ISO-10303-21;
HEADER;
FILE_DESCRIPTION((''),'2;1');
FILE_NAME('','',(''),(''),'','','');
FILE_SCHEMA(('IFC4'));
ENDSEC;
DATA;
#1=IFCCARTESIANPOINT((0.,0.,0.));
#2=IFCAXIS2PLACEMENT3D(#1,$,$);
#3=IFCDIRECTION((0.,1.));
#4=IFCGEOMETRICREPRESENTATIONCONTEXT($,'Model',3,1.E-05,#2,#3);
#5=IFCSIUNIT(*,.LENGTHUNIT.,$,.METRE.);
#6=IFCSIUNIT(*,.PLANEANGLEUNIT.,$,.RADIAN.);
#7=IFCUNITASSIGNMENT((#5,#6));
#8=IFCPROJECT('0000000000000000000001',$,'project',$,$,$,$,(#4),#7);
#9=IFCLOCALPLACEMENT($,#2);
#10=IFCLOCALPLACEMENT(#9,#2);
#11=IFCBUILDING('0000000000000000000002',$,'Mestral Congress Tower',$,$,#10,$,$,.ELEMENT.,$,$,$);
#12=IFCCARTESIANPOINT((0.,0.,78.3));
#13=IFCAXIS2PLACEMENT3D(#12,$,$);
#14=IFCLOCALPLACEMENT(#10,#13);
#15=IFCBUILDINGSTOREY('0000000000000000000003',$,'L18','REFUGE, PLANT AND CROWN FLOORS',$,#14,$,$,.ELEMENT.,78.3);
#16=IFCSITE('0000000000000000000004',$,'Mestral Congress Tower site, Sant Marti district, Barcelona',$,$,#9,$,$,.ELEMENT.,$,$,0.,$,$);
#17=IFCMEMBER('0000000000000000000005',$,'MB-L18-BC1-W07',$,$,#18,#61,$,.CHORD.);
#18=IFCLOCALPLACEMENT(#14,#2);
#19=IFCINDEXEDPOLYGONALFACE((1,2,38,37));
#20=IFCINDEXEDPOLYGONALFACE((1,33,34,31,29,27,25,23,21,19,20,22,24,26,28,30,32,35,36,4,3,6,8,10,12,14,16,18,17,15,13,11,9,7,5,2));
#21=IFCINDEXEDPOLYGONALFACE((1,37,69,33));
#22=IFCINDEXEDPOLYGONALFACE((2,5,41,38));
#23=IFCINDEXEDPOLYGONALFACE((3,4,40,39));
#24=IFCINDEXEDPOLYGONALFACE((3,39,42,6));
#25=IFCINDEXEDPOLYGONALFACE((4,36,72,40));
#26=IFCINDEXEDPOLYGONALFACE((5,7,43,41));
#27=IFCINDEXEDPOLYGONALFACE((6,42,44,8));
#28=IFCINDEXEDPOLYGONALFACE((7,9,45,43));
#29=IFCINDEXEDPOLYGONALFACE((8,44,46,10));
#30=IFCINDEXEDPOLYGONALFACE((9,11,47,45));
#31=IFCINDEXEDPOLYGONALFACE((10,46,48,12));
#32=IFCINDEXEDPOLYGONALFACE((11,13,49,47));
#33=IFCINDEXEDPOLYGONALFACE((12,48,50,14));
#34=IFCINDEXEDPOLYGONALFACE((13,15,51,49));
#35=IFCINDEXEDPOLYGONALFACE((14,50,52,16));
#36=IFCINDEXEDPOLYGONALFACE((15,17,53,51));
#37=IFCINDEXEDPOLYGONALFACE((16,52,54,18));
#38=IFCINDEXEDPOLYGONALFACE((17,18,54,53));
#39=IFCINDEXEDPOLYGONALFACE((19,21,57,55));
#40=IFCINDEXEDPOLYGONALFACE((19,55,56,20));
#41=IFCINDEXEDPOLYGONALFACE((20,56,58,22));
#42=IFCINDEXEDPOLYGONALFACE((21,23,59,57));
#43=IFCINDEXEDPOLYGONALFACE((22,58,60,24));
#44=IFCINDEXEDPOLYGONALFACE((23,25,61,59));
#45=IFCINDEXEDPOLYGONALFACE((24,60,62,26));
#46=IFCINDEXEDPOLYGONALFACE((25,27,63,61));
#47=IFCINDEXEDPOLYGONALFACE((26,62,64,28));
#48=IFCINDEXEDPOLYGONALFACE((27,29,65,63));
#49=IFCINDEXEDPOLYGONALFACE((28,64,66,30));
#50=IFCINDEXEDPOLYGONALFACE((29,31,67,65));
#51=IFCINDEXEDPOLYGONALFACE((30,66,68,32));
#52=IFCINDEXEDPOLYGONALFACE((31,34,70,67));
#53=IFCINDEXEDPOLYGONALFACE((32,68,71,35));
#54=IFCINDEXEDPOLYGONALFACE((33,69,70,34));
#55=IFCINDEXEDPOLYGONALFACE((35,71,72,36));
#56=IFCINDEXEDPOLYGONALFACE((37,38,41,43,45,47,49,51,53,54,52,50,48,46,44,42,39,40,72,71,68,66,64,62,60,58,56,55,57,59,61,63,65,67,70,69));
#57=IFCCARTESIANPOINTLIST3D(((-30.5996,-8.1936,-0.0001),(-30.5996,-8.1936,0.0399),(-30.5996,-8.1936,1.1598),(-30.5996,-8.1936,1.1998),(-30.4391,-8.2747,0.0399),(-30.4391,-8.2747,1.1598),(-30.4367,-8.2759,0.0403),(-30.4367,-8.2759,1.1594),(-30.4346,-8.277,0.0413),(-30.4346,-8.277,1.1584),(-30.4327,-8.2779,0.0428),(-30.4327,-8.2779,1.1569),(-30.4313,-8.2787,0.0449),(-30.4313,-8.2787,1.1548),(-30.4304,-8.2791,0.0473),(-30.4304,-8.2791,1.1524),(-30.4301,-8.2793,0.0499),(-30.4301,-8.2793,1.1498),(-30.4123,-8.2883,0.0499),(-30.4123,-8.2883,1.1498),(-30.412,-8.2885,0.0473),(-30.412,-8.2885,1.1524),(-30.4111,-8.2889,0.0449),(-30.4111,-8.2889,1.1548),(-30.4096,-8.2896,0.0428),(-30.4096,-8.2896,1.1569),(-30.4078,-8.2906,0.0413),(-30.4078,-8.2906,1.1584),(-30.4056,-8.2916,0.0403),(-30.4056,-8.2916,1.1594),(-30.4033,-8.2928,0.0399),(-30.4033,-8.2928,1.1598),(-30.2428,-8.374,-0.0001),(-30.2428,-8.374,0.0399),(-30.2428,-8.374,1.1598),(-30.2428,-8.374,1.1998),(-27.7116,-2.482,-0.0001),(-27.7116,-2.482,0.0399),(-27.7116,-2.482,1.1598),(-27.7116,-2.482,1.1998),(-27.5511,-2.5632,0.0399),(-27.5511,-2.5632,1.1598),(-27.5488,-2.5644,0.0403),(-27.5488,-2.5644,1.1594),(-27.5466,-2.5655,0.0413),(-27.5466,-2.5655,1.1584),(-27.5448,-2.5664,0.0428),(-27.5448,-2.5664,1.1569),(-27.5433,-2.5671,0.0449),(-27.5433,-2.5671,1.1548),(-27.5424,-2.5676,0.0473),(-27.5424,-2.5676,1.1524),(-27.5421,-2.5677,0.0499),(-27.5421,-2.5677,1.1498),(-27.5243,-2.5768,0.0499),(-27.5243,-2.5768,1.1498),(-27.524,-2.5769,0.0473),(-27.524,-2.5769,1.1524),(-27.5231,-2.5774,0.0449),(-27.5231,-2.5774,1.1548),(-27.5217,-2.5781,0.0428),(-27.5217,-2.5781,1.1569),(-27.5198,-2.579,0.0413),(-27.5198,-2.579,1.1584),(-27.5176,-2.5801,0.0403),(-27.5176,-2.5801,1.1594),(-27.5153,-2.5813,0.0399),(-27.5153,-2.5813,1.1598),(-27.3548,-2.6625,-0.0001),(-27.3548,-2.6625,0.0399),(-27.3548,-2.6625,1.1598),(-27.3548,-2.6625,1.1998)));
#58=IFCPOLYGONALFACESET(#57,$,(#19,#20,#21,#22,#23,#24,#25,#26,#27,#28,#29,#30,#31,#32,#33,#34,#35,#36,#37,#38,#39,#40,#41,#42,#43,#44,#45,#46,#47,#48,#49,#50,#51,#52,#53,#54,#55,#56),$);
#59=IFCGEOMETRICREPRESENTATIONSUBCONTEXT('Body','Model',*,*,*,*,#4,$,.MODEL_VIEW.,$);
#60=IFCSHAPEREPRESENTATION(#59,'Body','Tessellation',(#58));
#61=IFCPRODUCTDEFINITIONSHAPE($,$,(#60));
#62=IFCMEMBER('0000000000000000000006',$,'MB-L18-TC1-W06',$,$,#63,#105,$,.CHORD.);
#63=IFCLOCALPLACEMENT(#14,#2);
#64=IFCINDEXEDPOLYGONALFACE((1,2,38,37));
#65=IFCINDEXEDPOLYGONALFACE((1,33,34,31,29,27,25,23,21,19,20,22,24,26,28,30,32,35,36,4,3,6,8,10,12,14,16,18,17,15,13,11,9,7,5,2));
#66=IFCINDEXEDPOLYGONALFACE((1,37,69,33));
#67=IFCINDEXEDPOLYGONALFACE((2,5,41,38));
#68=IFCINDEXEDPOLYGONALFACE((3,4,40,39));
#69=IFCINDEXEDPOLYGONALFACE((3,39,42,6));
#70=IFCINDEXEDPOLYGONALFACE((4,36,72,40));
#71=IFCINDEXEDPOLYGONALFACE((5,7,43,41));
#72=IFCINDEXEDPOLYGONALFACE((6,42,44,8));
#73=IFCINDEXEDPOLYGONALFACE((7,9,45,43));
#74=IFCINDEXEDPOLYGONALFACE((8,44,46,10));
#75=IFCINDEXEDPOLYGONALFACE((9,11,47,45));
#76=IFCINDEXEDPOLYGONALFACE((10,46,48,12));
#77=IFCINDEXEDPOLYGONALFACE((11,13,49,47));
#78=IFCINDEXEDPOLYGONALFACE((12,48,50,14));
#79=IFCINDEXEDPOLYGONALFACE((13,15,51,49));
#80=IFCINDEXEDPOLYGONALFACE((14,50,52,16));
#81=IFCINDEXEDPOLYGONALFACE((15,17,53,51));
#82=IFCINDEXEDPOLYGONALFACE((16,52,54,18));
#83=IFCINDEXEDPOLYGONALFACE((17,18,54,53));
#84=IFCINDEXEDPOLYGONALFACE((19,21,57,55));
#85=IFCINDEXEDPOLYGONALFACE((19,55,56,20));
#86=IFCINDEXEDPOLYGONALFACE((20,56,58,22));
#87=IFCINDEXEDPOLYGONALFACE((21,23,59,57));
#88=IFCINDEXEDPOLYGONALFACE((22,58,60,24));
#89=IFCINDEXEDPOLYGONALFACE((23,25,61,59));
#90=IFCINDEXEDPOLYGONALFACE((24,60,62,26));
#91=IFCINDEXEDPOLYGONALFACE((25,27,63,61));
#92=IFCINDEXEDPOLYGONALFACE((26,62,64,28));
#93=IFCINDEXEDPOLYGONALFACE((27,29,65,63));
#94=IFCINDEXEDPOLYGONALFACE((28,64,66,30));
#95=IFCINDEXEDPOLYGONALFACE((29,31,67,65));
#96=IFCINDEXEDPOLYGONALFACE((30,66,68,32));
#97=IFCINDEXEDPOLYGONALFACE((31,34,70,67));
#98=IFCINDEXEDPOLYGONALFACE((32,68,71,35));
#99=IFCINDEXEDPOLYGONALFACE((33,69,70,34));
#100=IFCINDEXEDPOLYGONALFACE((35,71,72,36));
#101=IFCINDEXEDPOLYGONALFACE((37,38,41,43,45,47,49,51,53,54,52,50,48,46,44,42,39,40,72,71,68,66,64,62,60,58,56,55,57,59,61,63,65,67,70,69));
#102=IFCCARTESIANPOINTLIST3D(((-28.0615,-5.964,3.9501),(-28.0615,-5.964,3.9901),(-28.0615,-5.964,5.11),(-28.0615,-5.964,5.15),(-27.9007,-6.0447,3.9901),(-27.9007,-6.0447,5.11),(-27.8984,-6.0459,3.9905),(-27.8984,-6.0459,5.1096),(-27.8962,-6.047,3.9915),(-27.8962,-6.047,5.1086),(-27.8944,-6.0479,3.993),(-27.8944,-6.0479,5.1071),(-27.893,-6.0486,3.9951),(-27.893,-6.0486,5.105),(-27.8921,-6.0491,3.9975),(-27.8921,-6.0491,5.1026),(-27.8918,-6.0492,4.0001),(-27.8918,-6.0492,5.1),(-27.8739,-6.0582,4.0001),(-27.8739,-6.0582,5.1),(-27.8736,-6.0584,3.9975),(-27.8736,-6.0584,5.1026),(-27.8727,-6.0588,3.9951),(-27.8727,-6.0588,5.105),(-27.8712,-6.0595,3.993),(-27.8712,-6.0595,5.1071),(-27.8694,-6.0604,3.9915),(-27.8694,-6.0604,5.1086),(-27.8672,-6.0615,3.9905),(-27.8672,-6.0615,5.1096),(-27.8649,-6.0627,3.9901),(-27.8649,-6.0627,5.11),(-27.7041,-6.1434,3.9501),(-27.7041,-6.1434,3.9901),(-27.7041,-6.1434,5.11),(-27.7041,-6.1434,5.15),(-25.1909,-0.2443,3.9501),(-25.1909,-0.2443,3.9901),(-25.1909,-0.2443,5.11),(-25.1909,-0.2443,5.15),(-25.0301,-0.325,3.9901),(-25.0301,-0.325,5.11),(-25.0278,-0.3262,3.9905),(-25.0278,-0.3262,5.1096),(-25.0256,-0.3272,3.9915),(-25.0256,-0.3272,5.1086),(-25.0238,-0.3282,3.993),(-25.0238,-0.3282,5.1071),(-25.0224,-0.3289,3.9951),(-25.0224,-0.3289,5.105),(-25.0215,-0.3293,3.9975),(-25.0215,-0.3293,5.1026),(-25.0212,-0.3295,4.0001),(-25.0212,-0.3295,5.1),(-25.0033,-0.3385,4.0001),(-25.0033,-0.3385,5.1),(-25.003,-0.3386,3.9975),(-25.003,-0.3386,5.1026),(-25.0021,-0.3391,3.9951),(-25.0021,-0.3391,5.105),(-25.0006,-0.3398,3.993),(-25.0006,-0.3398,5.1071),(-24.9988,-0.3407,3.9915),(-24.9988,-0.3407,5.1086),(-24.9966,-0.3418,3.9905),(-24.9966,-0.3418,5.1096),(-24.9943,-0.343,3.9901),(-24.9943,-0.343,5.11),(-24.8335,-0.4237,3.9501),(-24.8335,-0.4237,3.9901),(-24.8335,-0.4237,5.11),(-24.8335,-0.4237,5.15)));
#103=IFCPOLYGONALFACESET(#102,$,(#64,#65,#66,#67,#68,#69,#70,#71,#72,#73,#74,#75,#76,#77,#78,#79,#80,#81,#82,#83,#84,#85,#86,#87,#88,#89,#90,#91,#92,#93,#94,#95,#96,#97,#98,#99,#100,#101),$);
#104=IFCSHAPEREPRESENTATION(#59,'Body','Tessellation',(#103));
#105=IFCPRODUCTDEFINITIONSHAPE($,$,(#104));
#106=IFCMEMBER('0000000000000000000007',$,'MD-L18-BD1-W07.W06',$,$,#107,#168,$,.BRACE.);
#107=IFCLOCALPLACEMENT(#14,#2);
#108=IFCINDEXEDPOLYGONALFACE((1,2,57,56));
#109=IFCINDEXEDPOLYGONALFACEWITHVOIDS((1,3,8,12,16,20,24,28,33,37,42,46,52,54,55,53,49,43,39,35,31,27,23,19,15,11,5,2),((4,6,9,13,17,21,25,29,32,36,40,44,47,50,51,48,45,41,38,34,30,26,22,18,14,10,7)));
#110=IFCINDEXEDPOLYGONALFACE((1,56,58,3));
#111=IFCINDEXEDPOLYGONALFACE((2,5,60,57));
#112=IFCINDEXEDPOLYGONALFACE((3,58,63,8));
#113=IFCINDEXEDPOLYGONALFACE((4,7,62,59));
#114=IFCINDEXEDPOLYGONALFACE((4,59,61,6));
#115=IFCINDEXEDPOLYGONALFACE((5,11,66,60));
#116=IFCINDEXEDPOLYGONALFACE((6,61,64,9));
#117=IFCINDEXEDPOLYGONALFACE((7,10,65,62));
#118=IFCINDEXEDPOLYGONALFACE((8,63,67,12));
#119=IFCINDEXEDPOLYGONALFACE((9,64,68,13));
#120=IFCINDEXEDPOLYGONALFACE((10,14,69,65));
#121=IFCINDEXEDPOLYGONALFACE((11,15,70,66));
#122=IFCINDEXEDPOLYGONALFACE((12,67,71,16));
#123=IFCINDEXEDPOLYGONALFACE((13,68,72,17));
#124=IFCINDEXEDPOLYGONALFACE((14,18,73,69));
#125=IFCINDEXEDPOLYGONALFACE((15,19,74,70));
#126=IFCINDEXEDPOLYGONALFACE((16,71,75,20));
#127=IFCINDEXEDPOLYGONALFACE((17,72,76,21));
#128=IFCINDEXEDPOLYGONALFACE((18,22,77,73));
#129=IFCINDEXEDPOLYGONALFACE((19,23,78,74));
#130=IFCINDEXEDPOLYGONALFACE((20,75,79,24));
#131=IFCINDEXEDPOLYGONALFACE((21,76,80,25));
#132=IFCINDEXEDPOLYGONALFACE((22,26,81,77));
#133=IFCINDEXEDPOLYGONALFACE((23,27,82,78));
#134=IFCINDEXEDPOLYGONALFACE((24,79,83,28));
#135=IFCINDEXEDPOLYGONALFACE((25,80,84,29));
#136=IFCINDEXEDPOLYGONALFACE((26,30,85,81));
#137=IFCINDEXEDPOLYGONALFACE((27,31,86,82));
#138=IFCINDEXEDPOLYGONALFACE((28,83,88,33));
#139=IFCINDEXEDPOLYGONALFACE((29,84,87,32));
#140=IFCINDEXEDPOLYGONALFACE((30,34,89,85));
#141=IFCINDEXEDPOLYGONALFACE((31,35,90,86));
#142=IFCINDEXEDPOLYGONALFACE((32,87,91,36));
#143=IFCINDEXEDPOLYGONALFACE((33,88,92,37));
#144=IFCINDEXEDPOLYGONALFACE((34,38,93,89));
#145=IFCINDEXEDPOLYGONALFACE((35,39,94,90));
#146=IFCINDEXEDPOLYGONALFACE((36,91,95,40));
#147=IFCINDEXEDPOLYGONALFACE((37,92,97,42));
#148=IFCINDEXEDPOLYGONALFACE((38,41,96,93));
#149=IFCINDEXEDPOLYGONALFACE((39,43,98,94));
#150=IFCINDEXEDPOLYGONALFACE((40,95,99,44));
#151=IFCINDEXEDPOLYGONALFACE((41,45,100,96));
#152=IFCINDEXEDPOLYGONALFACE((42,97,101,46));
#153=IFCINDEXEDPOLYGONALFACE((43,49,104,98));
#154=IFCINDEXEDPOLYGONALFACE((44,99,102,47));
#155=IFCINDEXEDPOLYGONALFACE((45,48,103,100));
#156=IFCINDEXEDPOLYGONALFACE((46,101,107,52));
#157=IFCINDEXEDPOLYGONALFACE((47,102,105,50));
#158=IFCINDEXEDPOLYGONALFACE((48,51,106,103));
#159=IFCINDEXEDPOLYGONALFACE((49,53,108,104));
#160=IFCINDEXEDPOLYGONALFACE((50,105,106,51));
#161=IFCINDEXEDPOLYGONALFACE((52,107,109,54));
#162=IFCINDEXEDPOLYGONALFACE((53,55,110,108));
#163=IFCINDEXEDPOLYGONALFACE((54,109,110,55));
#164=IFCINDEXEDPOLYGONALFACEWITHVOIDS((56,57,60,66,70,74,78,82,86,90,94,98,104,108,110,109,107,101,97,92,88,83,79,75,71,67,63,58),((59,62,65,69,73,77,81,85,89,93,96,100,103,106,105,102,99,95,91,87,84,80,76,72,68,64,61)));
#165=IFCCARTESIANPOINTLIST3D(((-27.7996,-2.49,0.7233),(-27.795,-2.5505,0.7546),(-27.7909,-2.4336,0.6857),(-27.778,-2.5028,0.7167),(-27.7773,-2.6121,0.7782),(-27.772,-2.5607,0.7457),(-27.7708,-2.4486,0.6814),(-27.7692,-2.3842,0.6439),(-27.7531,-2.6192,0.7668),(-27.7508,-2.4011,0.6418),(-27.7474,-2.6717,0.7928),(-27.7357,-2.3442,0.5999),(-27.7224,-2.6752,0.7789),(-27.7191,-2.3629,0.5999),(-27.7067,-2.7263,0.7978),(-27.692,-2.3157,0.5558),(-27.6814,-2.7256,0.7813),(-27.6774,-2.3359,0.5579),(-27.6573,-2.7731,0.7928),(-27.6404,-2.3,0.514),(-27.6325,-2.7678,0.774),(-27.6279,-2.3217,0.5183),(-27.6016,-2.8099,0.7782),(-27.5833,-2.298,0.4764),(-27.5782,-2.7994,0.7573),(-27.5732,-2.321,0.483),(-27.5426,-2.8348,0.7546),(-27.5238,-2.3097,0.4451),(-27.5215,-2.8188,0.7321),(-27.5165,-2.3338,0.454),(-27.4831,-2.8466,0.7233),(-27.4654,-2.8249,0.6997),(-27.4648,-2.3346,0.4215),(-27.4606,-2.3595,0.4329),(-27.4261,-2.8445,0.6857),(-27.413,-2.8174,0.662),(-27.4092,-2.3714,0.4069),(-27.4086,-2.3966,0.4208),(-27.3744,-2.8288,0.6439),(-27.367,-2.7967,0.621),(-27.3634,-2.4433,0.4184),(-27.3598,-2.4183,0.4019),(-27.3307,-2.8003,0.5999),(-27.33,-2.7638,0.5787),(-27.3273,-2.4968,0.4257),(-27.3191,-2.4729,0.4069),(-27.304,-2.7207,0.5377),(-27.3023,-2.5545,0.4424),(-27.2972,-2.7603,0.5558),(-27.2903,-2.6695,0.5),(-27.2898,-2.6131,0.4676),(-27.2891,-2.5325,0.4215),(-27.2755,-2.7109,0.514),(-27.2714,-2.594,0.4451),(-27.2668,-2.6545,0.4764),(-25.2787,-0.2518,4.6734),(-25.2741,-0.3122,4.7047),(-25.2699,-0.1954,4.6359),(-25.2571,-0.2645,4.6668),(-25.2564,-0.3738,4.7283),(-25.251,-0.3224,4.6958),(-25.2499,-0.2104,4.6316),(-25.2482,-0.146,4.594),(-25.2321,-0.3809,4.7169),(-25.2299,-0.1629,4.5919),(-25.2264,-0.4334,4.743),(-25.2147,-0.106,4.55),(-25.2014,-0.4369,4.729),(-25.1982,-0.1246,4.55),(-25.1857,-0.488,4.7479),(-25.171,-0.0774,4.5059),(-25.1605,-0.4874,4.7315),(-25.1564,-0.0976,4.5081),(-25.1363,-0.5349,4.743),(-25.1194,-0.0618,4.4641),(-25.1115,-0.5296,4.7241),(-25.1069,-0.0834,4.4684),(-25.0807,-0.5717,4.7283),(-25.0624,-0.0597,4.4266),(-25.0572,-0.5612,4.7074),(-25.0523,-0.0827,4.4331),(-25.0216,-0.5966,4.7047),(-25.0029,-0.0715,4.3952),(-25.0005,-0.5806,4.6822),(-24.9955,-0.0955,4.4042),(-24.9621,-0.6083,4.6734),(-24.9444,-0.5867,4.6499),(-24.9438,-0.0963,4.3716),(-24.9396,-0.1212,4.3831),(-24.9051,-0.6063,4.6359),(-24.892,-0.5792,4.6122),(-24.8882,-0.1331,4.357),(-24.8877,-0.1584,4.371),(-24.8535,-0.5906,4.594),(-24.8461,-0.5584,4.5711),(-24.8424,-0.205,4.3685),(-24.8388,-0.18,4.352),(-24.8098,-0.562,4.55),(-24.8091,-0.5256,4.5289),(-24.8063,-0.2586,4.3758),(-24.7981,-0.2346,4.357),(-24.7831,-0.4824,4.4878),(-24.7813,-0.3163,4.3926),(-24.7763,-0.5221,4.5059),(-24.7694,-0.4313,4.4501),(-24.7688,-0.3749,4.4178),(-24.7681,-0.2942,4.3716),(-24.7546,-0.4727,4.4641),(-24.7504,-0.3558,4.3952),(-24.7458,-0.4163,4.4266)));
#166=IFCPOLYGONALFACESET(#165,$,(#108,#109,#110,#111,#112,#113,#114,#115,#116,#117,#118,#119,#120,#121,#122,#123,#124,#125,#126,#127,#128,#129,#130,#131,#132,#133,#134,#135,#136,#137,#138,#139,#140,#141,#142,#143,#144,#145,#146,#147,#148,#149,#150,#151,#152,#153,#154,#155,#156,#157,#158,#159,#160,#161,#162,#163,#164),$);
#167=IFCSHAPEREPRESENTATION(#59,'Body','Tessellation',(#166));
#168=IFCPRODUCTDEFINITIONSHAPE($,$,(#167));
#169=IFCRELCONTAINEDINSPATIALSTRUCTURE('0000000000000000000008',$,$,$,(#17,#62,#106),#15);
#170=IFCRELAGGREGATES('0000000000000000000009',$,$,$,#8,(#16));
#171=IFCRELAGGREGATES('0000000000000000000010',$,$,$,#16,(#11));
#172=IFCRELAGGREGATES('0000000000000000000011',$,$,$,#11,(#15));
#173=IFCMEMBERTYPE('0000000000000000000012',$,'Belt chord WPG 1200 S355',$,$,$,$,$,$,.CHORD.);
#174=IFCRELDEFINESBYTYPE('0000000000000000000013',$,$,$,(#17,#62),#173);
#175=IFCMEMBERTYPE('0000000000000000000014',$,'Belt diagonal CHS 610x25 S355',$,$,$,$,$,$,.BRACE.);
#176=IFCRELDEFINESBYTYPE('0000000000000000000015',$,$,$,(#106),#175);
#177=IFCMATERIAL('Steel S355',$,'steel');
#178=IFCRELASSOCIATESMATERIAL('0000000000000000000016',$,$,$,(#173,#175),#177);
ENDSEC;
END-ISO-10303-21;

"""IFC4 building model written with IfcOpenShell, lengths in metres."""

from ifc_helpers import new_model, si_unit, direction, frame, origin, origin_2d, place, context, subcontext, project, spatial, hollow_circle, i_section, extrude, material, material_profile, profile_set, type_object, element, save


model = new_model("IFC4")

# Units and contexts
model_context = context("Model", 3, precision=1e-05, world=origin(), true_north=direction((0.0, 1.0)))
body_context = subcontext(model_context, "Body", "Model", "MODEL_VIEW")
ifc_project = project(units=[si_unit("LENGTHUNIT", "METRE"), si_unit("PLANEANGLEUNIT", "RADIAN")], contexts=[model_context])

# Site, building, storey
site_placement = place(None, origin())
site = spatial("IfcSite", under=ifc_project, at=site_placement, Name="Mestral Congress Tower site, Sant Marti district, Barcelona", CompositionType="ELEMENT", RefElevation=0.0)
building_placement = place(site_placement, origin())
building = spatial("IfcBuilding", under=site, at=building_placement, Name="Mestral Congress Tower", CompositionType="ELEMENT")
storey_placement = place(building_placement, frame((0.0, 0.0, 78.3)))
storey = spatial("IfcBuildingStorey", under=building, at=storey_placement, Name="L18", Description="REFUGE, PLANT AND CROWN FLOORS", CompositionType="ELEMENT", Elevation=78.3)

# Members
ifc_material_1 = material(Name="Steel S355", Category="steel")
ifc_material_profile_1 = material_profile(ifc_material_1, i_section(OverallWidth=0.3999, OverallDepth=1.2, WebThickness=0.02, FlangeThickness=0.04, FilletRadius=0.01, at=origin_2d()), Name="WPG 1200")
ifc_profile_set_1 = profile_set([ifc_material_profile_1], Name="Steel S355")
member_type_1 = type_object("IfcMemberType", Name="Belt chord WPG 1200 S355", PredefinedType="CHORD", material=ifc_profile_set_1)
member_1_placement = place(storey_placement, frame((-27.5332, -2.5723, 0.5999), z_axis=(-0.451237, -0.892404, 0.0), x_axis=(0.892404, -0.451237, 0.0)))
element("IfcMember", 1, at=member_1_placement, inside=storey, type_object=member_type_1, Name="MB-L18-BC1-W07", PredefinedType="CHORD", context=body_context, shape_type="SweptSolid", body=[
    extrude(i_section(OverallWidth=0.3999, OverallDepth=1.2, WebThickness=0.02, FlangeThickness=0.04, FilletRadius=0.01, at=origin_2d()), origin(), (0.0, 0.0, 1.0), 6.4001),
])
member_2_placement = place(storey_placement, frame((-25.0122, -0.334, 4.55), z_axis=(-0.448556, -0.893755, 0.0), x_axis=(0.893755, -0.448556, 0.0)))
element("IfcMember", 2, at=member_2_placement, inside=storey, type_object=member_type_1, Name="MB-L18-TC1-W06", PredefinedType="CHORD", context=body_context, shape_type="SweptSolid", body=[
    extrude(i_section(OverallWidth=0.3999, OverallDepth=1.2, WebThickness=0.02, FlangeThickness=0.04, FilletRadius=0.01, at=origin_2d()), origin(), (0.0, 0.0, 1.0), 6.3997),
])
ifc_material_profile_2 = material_profile(ifc_material_1, hollow_circle(Radius=0.3049, WallThickness=0.0249, at=origin_2d()), Name="CHS 610x25")
ifc_profile_set_2 = profile_set([ifc_material_profile_2], Name="Steel S355")
member_type_2 = type_object("IfcMemberType", Name="Belt diagonal CHS 610x25 S355", PredefinedType="BRACE", material=ifc_profile_set_2)
member_3_placement = place(storey_placement, frame((-27.5332, -2.5723, 0.5999), z_axis=(0.485441, 0.431002, 0.760647), x_axis=(-0.663932, 0.747793, 0.0)))
element("IfcMember", 3, at=member_3_placement, inside=storey, type_object=member_type_2, Name="MD-L18-BD1-W07.W06", PredefinedType="BRACE", context=body_context, shape_type="SweptSolid", body=[
    extrude(hollow_circle(Radius=0.3049, WallThickness=0.0249, at=origin_2d()), origin(), (0.0, 0.0, 1.0), 5.1931),
])

save(model, "model.ifc")
